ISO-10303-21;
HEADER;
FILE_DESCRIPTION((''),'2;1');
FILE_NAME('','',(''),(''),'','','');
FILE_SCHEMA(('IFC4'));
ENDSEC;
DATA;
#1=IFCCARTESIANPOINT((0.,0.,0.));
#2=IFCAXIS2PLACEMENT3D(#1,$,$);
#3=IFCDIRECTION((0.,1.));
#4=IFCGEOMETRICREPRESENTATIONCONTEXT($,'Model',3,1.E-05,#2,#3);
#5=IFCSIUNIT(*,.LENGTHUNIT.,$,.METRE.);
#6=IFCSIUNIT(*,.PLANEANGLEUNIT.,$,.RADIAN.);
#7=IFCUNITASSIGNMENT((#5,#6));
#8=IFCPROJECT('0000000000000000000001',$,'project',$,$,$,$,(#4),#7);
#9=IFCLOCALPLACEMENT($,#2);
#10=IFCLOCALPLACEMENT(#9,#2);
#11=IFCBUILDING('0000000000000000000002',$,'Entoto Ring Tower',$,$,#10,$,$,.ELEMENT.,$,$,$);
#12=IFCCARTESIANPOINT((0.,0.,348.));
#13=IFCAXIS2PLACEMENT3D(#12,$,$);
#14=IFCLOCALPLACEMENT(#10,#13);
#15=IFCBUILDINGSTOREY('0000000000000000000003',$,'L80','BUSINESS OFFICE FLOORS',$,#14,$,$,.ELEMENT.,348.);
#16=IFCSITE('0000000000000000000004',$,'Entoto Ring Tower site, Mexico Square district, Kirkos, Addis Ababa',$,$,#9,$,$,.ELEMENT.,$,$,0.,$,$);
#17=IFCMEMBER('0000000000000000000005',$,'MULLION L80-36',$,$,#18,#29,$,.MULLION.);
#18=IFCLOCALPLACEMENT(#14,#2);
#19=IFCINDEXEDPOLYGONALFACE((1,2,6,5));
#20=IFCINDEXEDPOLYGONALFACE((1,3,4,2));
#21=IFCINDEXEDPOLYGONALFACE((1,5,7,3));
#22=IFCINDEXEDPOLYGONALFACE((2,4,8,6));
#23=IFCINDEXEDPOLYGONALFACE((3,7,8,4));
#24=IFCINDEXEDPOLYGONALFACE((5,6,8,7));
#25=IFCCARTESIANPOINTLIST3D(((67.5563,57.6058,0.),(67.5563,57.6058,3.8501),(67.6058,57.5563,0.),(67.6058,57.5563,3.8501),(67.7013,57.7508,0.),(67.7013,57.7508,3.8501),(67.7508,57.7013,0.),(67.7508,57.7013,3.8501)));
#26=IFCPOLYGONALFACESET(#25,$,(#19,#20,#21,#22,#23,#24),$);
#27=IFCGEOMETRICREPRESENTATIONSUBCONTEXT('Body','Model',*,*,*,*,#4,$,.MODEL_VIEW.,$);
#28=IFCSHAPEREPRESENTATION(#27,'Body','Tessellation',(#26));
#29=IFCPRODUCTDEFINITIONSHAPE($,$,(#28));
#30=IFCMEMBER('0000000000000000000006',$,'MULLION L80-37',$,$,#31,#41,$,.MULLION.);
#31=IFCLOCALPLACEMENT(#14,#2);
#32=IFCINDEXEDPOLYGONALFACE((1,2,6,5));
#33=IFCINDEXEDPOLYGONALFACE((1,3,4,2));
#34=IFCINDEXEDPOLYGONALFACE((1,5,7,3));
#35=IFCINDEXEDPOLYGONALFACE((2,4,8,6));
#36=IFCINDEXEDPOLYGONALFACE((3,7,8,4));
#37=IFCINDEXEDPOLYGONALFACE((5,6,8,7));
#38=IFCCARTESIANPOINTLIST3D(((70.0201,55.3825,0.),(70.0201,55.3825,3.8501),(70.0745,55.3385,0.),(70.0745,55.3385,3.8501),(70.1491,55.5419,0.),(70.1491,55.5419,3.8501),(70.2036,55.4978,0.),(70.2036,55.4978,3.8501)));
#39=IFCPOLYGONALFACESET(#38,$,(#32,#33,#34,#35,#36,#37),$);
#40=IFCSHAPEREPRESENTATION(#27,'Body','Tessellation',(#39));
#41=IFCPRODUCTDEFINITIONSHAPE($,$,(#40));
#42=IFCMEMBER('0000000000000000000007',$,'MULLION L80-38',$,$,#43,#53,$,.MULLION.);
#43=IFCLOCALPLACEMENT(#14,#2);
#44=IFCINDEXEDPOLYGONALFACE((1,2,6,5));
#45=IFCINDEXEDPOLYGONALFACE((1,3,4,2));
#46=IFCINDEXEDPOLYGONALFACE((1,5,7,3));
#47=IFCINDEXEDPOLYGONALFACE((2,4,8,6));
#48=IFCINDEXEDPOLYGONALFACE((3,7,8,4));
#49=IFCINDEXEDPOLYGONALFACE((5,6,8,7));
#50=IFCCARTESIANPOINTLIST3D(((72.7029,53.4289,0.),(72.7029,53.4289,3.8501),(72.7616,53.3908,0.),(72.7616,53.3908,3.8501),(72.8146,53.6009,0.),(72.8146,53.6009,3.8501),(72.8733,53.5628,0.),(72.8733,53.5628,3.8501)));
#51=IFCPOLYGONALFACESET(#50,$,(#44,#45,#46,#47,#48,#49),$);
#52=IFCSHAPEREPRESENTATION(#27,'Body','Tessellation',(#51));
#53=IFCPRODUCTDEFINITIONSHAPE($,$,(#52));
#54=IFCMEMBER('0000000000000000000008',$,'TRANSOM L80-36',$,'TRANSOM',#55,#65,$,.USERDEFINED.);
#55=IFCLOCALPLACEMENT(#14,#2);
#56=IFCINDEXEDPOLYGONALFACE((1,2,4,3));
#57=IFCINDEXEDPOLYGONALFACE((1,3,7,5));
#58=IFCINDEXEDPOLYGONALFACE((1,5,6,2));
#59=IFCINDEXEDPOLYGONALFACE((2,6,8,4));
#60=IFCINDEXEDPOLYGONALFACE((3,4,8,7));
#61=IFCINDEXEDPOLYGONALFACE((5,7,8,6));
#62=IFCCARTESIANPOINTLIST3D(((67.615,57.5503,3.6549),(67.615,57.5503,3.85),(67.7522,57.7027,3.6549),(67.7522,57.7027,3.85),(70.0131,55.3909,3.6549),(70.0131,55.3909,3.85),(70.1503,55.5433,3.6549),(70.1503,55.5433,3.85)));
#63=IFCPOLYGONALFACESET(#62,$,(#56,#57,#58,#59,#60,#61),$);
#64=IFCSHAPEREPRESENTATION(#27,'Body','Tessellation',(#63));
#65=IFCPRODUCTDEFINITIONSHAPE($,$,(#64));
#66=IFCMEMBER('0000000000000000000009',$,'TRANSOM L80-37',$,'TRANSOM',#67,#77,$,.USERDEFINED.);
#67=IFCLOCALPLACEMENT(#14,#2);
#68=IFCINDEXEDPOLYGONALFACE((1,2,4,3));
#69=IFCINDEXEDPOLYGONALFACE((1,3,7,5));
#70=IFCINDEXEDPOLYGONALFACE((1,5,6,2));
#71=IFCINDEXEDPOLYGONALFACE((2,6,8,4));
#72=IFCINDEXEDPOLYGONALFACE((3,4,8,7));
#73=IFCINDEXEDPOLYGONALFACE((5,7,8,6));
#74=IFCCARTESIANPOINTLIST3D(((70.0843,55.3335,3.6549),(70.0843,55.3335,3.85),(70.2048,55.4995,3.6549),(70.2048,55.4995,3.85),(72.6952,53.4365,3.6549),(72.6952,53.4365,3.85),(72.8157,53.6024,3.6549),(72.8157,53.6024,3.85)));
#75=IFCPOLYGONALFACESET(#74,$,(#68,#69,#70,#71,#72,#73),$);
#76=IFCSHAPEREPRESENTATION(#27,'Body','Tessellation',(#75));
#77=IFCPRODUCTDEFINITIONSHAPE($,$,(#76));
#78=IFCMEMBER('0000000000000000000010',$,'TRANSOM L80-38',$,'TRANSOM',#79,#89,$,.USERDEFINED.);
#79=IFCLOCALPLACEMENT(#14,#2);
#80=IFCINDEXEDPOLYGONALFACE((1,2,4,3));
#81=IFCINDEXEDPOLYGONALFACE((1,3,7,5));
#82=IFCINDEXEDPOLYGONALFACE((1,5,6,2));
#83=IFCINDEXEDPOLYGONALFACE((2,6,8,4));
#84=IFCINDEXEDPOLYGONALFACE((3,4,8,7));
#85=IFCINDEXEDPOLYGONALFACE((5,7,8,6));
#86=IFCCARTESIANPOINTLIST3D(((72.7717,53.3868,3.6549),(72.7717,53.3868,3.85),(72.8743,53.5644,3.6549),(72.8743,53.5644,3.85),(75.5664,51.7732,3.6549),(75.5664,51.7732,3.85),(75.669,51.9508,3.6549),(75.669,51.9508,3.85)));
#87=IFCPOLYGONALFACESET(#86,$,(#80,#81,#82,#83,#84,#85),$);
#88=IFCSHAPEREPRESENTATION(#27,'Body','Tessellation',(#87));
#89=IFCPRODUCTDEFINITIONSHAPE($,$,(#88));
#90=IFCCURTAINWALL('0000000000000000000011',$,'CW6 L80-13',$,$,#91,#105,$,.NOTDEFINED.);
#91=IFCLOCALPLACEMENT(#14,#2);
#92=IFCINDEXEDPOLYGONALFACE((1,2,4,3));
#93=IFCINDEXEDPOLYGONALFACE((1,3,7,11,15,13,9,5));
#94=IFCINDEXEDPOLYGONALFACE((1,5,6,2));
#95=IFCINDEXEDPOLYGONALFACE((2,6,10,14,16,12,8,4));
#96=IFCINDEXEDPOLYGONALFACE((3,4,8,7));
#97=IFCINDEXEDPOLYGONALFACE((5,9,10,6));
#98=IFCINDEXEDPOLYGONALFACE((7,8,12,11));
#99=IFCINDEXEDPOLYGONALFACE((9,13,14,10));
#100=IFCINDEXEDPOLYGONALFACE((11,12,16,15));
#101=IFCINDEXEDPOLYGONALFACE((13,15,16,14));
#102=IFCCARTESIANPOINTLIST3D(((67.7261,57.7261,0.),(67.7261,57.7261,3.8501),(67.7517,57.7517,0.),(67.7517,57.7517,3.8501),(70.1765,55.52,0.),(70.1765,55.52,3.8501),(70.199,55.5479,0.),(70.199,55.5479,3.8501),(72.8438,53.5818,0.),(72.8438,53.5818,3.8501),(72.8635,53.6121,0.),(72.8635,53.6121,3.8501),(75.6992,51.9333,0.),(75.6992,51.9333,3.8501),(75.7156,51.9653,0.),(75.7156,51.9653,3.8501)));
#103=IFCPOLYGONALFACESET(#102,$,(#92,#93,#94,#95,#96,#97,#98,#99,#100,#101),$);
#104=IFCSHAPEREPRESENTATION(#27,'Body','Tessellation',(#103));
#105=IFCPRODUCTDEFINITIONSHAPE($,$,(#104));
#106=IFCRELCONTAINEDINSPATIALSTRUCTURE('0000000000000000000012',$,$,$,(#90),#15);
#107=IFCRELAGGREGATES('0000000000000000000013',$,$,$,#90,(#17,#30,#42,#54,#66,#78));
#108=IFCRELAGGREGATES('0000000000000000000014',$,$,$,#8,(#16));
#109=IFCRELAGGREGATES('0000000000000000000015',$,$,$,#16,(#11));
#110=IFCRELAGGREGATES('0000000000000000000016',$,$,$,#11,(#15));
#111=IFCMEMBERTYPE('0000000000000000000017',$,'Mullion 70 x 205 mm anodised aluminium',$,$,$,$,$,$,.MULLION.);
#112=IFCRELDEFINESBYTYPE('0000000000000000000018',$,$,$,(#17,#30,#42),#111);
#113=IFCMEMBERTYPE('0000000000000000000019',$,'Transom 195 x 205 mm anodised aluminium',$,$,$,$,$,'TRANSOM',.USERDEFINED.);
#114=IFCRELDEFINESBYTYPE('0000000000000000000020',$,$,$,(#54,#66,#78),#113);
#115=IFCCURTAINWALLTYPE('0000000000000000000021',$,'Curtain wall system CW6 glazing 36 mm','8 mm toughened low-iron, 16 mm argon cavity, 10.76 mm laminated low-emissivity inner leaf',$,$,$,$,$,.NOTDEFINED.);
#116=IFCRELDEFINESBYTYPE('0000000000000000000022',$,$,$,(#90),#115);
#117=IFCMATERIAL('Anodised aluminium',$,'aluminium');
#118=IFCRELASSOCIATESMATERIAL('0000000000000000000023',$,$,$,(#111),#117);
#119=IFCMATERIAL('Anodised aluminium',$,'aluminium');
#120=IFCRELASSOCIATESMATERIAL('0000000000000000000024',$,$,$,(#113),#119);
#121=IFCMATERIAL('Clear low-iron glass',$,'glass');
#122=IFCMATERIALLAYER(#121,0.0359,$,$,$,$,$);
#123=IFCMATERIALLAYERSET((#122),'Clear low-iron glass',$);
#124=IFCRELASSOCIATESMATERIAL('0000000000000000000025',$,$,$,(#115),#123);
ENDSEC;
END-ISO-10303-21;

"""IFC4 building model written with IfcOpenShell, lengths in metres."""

from ifc_helpers import new_model, si_unit, direction, frame, origin, origin_2d, place, context, subcontext, project, spatial, polyline, rectangle, outline, extrude, material, layer, layer_set, material_profile, profile_set, type_object, element, aggregate, save


model = new_model("IFC4")

# Units and contexts
model_context = context("Model", 3, precision=1e-05, world=origin(), true_north=direction((0.0, 1.0)))
body_context = subcontext(model_context, "Body", "Model", "MODEL_VIEW")
ifc_project = project(units=[si_unit("LENGTHUNIT", "METRE"), si_unit("PLANEANGLEUNIT", "RADIAN")], contexts=[model_context])

# Members
ifc_material_1 = material(Name="Anodised aluminium", Category="aluminium")
ifc_material_profile_1 = material_profile(ifc_material_1, rectangle(XDim=0.0701, YDim=0.2051, at=origin_2d()), Name="Mullion 70 x 205 mm anodised aluminium")
ifc_profile_set_1 = profile_set([ifc_material_profile_1], Name="Anodised aluminium")
member_type_1 = type_object("IfcMemberType", Name="Mullion 70 x 205 mm anodised aluminium", PredefinedType="MULLION", material=ifc_profile_set_1)
site_placement = place(None, origin())
building_placement = place(site_placement, origin())
storey_placement = place(building_placement, frame((0.0, 0.0, 348.0)))
member_1_placement = place(storey_placement, frame((67.6536, 57.6536, 0.0), z_axis=(0.0, 0.0, 1.0), x_axis=(0.707107, -0.707107, 0.0)))
member_1 = element("IfcMember", 1, at=member_1_placement, type_object=member_type_1, Name="MULLION L80-36", PredefinedType="MULLION", context=body_context, shape_type="SweptSolid", body=[
    extrude(rectangle(XDim=0.0701, YDim=0.2051, at=origin_2d()), origin(), (0.0, 0.0, 1.0), 3.8501),
])
member_2_placement = place(storey_placement, frame((70.1118, 55.4402, 0.0), z_axis=(0.0, 0.0, 1.0), x_axis=(0.777146, -0.62932, 0.0)))
member_2 = element("IfcMember", 2, at=member_2_placement, type_object=member_type_1, Name="MULLION L80-37", PredefinedType="MULLION", context=body_context, shape_type="SweptSolid", body=[
    extrude(rectangle(XDim=0.0701, YDim=0.2051, at=origin_2d()), origin(), (0.0, 0.0, 1.0), 3.8501),
])
member_3_placement = place(storey_placement, frame((72.7881, 53.4958, 0.0), z_axis=(0.0, 0.0, 1.0), x_axis=(0.838671, -0.544639, 0.0)))
member_3 = element("IfcMember", 3, at=member_3_placement, type_object=member_type_1, Name="MULLION L80-38", PredefinedType="MULLION", context=body_context, shape_type="SweptSolid", body=[
    extrude(rectangle(XDim=0.0701, YDim=0.2051, at=origin_2d()), origin(), (0.0, 0.0, 1.0), 3.8501),
])
ifc_material_2 = material(Name="Anodised aluminium", Category="aluminium")
ifc_material_profile_2 = material_profile(ifc_material_2, rectangle(XDim=0.2051, YDim=0.1951, at=origin_2d()), Name="Transom 195 x 205 mm anodised aluminium")
ifc_profile_set_2 = profile_set([ifc_material_profile_2], Name="Anodised aluminium")
member_type_2 = type_object("IfcMemberType", Name="Transom 195 x 205 mm anodised aluminium", ElementType="TRANSOM", PredefinedType="USERDEFINED", material=ifc_profile_set_2)
member_4_placement = place(storey_placement, frame((67.6836, 57.6265, 3.7524), z_axis=(0.743132, -0.669144, 0.0), x_axis=(0.669144, 0.743132, 0.0)))
member_4 = element("IfcMember", 4, at=member_4_placement, type_object=member_type_2, Name="TRANSOM L80-36", ObjectType="TRANSOM", PredefinedType="USERDEFINED", context=body_context, shape_type="SweptSolid", body=[
    extrude(rectangle(XDim=0.2051, YDim=0.1951, at=origin_2d()), origin(), (0.0, 0.0, 1.0), 3.2271),
])
member_5_placement = place(storey_placement, frame((70.1445, 55.4165, 3.7524), z_axis=(0.809004, -0.587803, 0.0), x_axis=(0.587803, 0.809004, 0.0)))
member_5 = element("IfcMember", 5, at=member_5_placement, type_object=member_type_2, Name="TRANSOM L80-37", ObjectType="TRANSOM", PredefinedType="USERDEFINED", context=body_context, shape_type="SweptSolid", body=[
    extrude(rectangle(XDim=0.2051, YDim=0.1951, at=origin_2d()), origin(), (0.0, 0.0, 1.0), 3.2273),
])
member_6_placement = place(storey_placement, frame((72.823, 53.4756, 3.7524), z_axis=(0.866023, -0.500004, 0.0), x_axis=(0.500004, 0.866023, 0.0)))
member_6 = element("IfcMember", 6, at=member_6_placement, type_object=member_type_2, Name="TRANSOM L80-38", ObjectType="TRANSOM", PredefinedType="USERDEFINED", context=body_context, shape_type="SweptSolid", body=[
    extrude(rectangle(XDim=0.2051, YDim=0.1951, at=origin_2d()), origin(), (0.0, 0.0, 1.0), 3.2271),
])

# Site, building, storey
site = spatial("IfcSite", under=ifc_project, at=site_placement, Name="Entoto Ring Tower site, Mexico Square district, Kirkos, Addis Ababa", CompositionType="ELEMENT", RefElevation=0.0)
building = spatial("IfcBuilding", under=site, at=building_placement, Name="Entoto Ring Tower", CompositionType="ELEMENT")
storey = spatial("IfcBuildingStorey", under=building, at=storey_placement, Name="L80", Description="BUSINESS OFFICE FLOORS", CompositionType="ELEMENT", Elevation=348.0)

# Curtain wall
ifc_material_3 = material(Name="Clear low-iron glass", Category="glass")
ifc_layer = layer(ifc_material_3, 0.0359)
ifc_layer_set = layer_set([ifc_layer], Name="Clear low-iron glass")
curtain_wall_type = type_object("IfcCurtainWallType", Name="Curtain wall system CW6 glazing 36 mm", Description="8 mm toughened low-iron, 16 mm argon cavity, 10.76 mm laminated low-emissivity inner leaf", PredefinedType="NOTDEFINED", material=ifc_layer_set)
curtain_wall_1_placement = place(storey_placement, origin())
curtain_wall_1 = element("IfcCurtainWall", 7, at=curtain_wall_1_placement, inside=storey, type_object=curtain_wall_type, Name="CW6 L80-13", PredefinedType="NOTDEFINED", context=body_context, shape_type="SweptSolid", body=[
    extrude(outline(polyline([(67.7261, 57.7261), (70.1765, 55.52), (72.8438, 53.5818), (75.6992, 51.9333), (75.7156, 51.9653), (72.8635, 53.6121), (70.199, 55.5479), (67.7517, 57.7517), (67.7261, 57.7261)])), origin(), (0.0, 0.0, 1.0), 3.8501),
])
aggregate(curtain_wall_1, [member_1, member_2, member_3, member_4, member_5, member_6])

save(model, "model.ifc")
